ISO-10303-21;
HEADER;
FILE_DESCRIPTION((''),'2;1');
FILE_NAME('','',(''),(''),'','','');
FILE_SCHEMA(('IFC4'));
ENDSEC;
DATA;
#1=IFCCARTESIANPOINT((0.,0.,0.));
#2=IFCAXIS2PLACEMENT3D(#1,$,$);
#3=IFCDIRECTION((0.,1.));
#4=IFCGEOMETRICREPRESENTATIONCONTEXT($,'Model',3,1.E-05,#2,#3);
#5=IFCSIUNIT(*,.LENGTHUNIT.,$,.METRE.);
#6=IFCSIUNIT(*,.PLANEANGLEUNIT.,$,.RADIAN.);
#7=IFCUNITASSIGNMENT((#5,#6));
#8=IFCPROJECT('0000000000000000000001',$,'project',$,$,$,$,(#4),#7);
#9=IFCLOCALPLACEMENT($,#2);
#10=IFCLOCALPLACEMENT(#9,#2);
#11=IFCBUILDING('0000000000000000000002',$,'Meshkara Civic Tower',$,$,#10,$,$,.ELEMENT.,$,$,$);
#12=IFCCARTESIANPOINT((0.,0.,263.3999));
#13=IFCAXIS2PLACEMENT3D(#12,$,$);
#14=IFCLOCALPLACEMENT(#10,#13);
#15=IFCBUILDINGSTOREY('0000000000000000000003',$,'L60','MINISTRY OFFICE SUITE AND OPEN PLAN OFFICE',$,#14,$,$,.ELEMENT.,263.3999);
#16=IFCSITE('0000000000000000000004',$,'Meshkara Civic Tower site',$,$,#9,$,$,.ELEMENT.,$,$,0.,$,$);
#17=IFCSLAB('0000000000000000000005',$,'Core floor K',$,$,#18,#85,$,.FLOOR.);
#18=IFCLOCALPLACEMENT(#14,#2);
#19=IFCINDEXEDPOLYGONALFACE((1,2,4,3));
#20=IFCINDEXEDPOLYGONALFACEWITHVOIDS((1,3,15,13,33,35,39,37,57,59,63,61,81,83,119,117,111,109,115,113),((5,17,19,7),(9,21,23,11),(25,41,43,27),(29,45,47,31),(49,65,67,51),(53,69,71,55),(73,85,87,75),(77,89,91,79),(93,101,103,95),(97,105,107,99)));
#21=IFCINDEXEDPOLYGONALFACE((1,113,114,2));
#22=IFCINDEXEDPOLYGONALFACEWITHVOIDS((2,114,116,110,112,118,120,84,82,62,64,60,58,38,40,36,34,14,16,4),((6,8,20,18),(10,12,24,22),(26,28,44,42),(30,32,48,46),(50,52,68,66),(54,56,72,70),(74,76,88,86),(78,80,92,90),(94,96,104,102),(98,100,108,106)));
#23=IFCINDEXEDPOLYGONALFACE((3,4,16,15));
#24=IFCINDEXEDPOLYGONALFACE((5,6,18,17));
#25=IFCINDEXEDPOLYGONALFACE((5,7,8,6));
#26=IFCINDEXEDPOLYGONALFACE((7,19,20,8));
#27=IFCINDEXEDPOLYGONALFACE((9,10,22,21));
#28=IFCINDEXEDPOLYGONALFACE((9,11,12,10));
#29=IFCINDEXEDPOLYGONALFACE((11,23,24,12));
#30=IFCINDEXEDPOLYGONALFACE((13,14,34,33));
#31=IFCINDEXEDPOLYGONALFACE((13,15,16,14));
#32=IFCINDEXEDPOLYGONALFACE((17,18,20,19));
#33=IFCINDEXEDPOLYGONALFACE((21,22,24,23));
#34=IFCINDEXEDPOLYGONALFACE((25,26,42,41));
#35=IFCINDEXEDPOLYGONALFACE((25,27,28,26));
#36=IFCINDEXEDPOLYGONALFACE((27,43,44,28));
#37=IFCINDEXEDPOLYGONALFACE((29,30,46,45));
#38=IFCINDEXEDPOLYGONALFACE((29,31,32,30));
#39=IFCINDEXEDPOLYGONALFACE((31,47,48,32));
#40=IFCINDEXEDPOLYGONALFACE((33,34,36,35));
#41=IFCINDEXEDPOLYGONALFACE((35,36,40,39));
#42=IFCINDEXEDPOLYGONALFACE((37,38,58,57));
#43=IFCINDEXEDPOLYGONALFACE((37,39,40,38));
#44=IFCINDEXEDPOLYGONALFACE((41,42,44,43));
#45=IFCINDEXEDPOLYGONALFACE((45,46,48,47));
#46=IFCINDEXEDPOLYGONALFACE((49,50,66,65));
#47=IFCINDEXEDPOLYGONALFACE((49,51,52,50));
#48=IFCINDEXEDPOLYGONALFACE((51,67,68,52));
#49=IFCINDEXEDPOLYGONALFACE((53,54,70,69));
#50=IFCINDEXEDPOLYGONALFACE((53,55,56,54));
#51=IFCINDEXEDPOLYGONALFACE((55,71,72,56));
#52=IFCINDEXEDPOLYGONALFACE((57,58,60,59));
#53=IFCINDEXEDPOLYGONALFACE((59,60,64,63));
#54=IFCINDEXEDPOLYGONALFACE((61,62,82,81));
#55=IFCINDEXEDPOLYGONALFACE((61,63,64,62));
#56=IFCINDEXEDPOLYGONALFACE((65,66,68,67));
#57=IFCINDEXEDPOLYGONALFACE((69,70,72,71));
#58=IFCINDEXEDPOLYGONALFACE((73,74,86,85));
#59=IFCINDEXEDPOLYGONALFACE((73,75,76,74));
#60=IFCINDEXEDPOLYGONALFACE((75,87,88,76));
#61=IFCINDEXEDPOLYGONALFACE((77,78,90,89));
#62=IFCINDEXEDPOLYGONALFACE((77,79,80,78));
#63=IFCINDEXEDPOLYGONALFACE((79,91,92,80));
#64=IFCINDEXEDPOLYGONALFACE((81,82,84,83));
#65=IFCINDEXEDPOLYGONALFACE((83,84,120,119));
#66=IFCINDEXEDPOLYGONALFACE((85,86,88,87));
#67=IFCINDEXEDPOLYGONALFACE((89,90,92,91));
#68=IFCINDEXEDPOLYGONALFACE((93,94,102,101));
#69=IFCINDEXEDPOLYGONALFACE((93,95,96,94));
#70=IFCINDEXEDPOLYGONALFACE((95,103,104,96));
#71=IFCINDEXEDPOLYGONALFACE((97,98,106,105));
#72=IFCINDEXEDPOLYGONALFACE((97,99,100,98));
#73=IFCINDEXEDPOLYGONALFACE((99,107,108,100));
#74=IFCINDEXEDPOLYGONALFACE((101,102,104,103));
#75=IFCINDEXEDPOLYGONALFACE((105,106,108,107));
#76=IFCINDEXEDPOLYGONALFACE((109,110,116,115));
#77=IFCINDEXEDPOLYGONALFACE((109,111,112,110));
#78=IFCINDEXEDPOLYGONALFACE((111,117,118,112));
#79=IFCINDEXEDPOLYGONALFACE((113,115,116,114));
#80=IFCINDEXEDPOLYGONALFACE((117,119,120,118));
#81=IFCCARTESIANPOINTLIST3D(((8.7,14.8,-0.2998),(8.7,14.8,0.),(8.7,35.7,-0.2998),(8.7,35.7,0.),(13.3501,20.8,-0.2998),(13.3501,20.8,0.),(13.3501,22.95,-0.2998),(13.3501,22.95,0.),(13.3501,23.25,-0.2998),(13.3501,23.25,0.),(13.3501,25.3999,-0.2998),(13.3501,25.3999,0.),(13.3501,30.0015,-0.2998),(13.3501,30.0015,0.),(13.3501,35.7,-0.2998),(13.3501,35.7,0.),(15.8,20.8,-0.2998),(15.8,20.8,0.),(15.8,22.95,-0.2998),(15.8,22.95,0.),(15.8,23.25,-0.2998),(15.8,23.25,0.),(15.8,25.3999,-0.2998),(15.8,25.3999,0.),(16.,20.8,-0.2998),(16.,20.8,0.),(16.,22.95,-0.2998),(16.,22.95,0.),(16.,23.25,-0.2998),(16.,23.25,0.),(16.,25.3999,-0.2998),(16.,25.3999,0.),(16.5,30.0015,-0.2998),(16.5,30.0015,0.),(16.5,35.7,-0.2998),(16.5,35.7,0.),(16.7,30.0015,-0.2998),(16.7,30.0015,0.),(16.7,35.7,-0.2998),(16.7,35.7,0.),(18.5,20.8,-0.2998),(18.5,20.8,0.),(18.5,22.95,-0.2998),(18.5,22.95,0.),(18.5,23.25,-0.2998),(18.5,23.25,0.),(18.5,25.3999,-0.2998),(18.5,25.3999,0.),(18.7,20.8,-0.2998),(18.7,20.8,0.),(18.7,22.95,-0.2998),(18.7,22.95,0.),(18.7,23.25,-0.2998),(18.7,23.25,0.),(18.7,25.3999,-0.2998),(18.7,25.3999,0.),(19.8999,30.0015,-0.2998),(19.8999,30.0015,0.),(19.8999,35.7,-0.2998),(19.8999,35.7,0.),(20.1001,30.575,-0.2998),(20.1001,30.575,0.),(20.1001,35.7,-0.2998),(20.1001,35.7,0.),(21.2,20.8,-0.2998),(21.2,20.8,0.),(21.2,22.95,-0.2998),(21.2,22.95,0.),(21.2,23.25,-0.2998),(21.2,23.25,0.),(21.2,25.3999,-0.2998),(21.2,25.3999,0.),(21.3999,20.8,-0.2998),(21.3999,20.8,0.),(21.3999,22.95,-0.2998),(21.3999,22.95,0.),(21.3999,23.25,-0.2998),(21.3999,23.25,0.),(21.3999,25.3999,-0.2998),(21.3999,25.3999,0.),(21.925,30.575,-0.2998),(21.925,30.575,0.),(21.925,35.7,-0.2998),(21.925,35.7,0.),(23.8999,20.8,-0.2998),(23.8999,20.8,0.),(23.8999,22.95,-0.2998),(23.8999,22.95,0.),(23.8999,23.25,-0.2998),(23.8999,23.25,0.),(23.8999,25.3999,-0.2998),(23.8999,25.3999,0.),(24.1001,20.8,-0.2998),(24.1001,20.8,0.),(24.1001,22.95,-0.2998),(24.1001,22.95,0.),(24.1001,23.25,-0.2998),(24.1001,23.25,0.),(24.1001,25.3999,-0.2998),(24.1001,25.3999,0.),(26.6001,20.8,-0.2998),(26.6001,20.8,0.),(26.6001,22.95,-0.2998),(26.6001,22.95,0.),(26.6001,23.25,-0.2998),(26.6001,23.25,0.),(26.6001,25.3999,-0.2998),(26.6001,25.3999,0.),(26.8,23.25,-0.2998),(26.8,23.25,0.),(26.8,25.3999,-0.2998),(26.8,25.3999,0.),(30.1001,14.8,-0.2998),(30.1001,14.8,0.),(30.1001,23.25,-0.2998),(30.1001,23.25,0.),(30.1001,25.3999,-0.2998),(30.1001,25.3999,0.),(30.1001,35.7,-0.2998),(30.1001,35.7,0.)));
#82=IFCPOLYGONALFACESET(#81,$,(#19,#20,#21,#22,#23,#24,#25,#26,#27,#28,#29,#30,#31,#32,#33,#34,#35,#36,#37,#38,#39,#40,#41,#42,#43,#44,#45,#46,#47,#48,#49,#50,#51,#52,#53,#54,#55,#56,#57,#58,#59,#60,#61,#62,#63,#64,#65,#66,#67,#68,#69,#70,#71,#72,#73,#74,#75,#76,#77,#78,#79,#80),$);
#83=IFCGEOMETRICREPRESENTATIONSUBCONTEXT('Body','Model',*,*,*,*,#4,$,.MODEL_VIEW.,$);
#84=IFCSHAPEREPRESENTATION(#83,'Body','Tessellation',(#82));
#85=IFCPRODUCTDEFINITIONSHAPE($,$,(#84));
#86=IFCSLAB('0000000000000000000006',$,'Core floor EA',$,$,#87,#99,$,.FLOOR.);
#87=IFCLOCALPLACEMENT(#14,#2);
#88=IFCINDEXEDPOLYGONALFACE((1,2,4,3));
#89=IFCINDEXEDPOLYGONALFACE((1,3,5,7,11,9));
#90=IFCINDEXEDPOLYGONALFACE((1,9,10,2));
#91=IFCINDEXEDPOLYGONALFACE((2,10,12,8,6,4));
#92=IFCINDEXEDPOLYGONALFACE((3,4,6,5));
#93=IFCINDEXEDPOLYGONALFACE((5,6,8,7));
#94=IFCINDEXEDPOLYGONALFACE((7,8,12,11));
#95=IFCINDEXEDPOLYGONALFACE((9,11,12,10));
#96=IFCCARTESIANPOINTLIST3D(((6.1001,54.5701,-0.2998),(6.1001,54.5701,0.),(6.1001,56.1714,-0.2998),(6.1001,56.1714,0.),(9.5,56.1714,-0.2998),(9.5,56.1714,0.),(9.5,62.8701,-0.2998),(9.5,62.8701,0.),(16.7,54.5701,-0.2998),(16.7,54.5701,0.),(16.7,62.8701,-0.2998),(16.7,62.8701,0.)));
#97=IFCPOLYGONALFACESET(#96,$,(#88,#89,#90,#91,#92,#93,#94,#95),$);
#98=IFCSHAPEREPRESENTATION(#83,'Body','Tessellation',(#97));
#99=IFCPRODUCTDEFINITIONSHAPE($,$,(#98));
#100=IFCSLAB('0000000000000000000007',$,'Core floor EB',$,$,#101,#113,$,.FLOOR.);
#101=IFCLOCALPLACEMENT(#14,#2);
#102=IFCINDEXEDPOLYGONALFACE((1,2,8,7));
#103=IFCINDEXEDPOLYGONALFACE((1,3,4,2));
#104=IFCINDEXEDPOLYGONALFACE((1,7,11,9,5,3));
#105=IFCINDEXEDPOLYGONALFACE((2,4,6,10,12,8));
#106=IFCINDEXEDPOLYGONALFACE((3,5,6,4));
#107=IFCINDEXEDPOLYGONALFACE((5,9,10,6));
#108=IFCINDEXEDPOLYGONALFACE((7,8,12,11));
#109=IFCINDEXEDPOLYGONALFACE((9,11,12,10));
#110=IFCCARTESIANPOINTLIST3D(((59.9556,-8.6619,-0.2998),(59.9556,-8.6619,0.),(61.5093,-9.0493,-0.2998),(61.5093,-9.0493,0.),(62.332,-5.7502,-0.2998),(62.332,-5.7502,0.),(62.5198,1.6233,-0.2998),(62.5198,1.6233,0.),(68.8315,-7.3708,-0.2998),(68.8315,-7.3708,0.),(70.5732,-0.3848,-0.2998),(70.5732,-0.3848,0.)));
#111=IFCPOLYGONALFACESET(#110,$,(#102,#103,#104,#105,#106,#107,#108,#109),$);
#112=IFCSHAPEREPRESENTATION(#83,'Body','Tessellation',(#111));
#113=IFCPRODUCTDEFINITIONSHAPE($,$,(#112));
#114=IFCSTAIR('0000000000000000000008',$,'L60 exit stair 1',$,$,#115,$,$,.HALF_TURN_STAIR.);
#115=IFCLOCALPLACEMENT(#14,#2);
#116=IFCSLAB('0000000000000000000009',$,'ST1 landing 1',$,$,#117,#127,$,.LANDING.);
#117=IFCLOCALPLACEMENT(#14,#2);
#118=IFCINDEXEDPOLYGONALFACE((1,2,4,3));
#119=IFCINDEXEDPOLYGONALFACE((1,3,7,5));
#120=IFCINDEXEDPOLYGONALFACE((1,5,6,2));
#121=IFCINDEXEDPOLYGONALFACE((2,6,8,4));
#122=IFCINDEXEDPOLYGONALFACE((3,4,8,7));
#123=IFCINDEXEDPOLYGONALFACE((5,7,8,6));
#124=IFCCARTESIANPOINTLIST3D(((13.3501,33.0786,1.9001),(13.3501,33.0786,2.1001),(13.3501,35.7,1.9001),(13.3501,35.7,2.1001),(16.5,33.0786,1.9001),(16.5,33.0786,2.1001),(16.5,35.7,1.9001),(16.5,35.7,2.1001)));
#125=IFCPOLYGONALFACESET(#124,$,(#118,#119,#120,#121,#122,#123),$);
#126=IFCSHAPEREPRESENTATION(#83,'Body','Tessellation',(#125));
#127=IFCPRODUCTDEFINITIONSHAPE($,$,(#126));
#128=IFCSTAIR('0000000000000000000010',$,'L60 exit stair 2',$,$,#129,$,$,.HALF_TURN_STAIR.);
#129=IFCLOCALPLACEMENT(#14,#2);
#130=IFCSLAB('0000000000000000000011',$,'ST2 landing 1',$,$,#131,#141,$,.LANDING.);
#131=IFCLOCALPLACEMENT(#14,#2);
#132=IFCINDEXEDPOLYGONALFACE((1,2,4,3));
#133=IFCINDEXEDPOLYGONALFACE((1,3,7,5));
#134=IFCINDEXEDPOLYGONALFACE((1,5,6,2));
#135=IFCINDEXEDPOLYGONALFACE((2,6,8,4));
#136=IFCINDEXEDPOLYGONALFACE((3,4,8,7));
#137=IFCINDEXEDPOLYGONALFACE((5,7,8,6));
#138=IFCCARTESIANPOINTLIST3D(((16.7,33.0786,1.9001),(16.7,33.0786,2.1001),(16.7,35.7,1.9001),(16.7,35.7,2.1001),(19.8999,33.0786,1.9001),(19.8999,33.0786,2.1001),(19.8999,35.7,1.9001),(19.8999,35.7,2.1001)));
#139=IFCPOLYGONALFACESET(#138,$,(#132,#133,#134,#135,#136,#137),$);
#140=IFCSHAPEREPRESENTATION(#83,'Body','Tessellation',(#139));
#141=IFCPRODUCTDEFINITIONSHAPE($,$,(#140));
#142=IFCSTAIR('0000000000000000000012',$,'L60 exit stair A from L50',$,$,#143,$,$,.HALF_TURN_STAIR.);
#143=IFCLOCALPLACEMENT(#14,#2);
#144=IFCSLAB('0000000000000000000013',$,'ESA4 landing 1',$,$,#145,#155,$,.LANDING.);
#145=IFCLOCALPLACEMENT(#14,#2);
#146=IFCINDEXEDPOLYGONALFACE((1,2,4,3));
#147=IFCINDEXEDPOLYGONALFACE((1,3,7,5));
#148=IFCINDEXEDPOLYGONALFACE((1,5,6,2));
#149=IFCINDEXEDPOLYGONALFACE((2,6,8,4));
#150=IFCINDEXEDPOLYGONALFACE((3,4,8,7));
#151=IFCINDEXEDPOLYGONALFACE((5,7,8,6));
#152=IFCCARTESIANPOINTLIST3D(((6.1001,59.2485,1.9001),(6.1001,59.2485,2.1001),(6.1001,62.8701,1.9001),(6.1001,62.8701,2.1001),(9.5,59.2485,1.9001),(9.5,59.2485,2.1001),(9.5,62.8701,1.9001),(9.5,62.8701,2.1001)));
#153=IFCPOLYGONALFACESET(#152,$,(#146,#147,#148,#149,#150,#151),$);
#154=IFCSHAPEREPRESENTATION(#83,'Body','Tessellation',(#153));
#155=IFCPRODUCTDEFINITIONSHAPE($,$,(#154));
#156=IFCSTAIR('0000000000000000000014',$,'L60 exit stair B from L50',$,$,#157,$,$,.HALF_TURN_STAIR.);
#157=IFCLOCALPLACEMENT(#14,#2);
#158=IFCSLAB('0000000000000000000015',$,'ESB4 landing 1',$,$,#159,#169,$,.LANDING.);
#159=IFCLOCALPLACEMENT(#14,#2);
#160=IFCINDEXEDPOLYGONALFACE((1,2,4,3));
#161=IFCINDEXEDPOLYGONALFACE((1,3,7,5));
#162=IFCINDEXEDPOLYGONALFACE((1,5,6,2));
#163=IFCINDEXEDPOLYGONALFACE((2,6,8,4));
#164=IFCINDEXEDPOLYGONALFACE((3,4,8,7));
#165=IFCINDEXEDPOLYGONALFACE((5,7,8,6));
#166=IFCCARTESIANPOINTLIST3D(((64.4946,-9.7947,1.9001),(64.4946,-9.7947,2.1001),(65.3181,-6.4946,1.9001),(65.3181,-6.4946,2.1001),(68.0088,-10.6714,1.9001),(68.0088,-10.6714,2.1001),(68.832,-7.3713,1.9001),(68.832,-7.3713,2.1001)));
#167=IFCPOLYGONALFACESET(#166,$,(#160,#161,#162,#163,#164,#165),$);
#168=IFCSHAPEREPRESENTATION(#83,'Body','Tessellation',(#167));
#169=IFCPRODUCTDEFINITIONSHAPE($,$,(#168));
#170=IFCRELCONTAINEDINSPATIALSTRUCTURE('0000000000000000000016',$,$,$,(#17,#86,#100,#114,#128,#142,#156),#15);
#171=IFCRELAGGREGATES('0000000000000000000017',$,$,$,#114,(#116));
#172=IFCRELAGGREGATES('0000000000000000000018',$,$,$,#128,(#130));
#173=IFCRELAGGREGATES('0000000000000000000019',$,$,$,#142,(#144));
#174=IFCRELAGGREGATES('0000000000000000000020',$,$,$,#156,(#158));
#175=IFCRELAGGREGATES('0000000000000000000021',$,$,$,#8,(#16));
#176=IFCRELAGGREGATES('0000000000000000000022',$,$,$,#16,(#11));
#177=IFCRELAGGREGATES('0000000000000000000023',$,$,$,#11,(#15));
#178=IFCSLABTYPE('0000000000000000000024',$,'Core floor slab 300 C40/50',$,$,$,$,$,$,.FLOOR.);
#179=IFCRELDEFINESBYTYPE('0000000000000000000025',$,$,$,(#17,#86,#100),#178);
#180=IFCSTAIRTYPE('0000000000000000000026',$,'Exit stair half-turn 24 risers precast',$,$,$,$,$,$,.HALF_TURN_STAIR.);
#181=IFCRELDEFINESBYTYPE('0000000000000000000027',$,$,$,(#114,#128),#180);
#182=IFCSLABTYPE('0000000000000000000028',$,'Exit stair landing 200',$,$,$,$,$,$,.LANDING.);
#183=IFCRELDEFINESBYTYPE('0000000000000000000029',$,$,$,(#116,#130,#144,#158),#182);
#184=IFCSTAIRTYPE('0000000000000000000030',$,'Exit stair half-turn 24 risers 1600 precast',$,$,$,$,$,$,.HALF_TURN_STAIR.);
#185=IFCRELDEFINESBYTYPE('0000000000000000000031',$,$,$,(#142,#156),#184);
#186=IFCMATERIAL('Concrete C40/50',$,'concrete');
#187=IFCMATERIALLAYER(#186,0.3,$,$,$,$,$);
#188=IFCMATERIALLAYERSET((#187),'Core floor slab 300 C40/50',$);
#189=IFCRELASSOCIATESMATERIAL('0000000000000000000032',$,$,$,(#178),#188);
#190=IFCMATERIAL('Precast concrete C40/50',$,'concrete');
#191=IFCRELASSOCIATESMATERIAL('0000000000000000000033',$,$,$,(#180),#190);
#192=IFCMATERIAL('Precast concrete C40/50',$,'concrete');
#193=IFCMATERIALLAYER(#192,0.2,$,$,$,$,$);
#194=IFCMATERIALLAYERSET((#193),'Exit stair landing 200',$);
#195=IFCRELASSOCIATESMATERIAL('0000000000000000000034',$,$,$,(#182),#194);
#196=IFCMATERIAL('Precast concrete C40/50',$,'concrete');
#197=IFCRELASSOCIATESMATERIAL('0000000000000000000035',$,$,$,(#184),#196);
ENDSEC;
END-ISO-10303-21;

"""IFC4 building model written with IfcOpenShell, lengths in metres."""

from ifc_helpers import new_model, si_unit, direction, frame, origin, place, context, subcontext, project, spatial, polyline, outline, extrude, material, layer, layer_set, type_object, element, aggregate, save


model = new_model("IFC4")

# Units and contexts
model_context = context("Model", 3, precision=1e-05, world=origin(), true_north=direction((0.0, 1.0)))
body_context = subcontext(model_context, "Body", "Model", "MODEL_VIEW")
ifc_project = project(units=[si_unit("LENGTHUNIT", "METRE"), si_unit("PLANEANGLEUNIT", "RADIAN")], contexts=[model_context])

# Site, building, storey
site_placement = place(None, origin())
site = spatial("IfcSite", under=ifc_project, at=site_placement, Name="Meshkara Civic Tower site", CompositionType="ELEMENT", RefElevation=0.0)
building_placement = place(site_placement, origin())
building = spatial("IfcBuilding", under=site, at=building_placement, Name="Meshkara Civic Tower", CompositionType="ELEMENT")
storey_placement = place(building_placement, frame((0.0, 0.0, 263.3999)))
storey = spatial("IfcBuildingStorey", under=building, at=storey_placement, Name="L60", Description="MINISTRY OFFICE SUITE AND OPEN PLAN OFFICE", CompositionType="ELEMENT", Elevation=263.3999)

# Slabs
ifc_material_1 = material(Name="Concrete C40/50", Category="concrete")
ifc_layer_1 = layer(ifc_material_1, 0.3)
ifc_layer_set_1 = layer_set([ifc_layer_1], Name="Core floor slab 300 C40/50")
slab_type_1 = type_object("IfcSlabType", Name="Core floor slab 300 C40/50", PredefinedType="FLOOR", material=ifc_layer_set_1)
slab_1_placement = place(storey_placement, frame((0.0, 0.0, -0.2998)))
element("IfcSlab", 1, at=slab_1_placement, inside=storey, type_object=slab_type_1, Name="Core floor K", PredefinedType="FLOOR", context=body_context, shape_type="SweptSolid", body=[
    extrude(outline(polyline([(8.7, 35.7), (13.3501, 35.7), (13.3501, 30.0015), (16.5, 30.0015), (16.5, 35.7), (16.7, 35.7), (16.7, 30.0015), (19.8999, 30.0015), (19.8999, 35.7), (20.1001, 35.7), (20.1001, 30.575), (21.925, 30.575), (21.925, 35.7), (30.1001, 35.7), (30.1001, 25.3999), (26.8, 25.3999), (26.8, 23.25), (30.1001, 23.25), (30.1001, 14.8), (8.7, 14.8), (8.7, 35.7)]), holes=[polyline([(15.8, 22.95), (13.3501, 22.95), (13.3501, 20.8), (15.8, 20.8), (15.8, 22.95)]), polyline([(16.0, 22.95), (16.0, 20.8), (18.5, 20.8), (18.5, 22.95), (16.0, 22.95)]), polyline([(18.7, 22.95), (18.7, 20.8), (21.2, 20.8), (21.2, 22.95), (18.7, 22.95)]), polyline([(15.8, 23.25), (15.8, 25.3999), (13.3501, 25.3999), (13.3501, 23.25), (15.8, 23.25)]), polyline([(16.0, 25.3999), (16.0, 23.25), (18.5, 23.25), (18.5, 25.3999), (16.0, 25.3999)]), polyline([(23.8999, 20.8), (23.8999, 22.95), (21.3999, 22.95), (21.3999, 20.8), (23.8999, 20.8)]), polyline([(24.1001, 20.8), (26.6001, 20.8), (26.6001, 22.95), (24.1001, 22.95), (24.1001, 20.8)]), polyline([(18.7, 25.3999), (18.7, 23.25), (21.2, 23.25), (21.2, 25.3999), (18.7, 25.3999)]), polyline([(21.3999, 23.25), (23.8999, 23.25), (23.8999, 25.3999), (21.3999, 25.3999), (21.3999, 23.25)]), polyline([(26.6001, 23.25), (26.6001, 25.3999), (24.1001, 25.3999), (24.1001, 23.25), (26.6001, 23.25)])]), origin(), (0.0, 0.0, 1.0), 0.2998),
])
slab_2_placement = place(storey_placement, frame((0.0, 0.0, -0.2998)))
element("IfcSlab", 2, at=slab_2_placement, inside=storey, type_object=slab_type_1, Name="Core floor EA", PredefinedType="FLOOR", context=body_context, shape_type="SweptSolid", body=[
    extrude(outline(polyline([(16.7, 54.5701), (16.7, 62.8701), (9.5, 62.8701), (9.5, 56.1714), (6.1001, 56.1714), (6.1001, 54.5701), (16.7, 54.5701)])), origin(), (0.0, 0.0, 1.0), 0.2998),
])
slab_3_placement = place(storey_placement, frame((0.0, 0.0, -0.2998)))
element("IfcSlab", 3, at=slab_3_placement, inside=storey, type_object=slab_type_1, Name="Core floor EB", PredefinedType="FLOOR", context=body_context, shape_type="SweptSolid", body=[
    extrude(outline(polyline([(62.5198, 1.6233), (70.5732, -0.3848), (68.8315, -7.3708), (62.332, -5.7502), (61.5093, -9.0493), (59.9556, -8.6619), (62.5198, 1.6233)])), origin(), (0.0, 0.0, 1.0), 0.2998),
])

# Stairs, slabs
ifc_material_2 = material(Name="Precast concrete C40/50", Category="concrete")
stair_type_1 = type_object("IfcStairType", Name="Exit stair half-turn 24 risers precast", PredefinedType="HALF_TURN_STAIR", material=ifc_material_2)
stair_1_placement = place(storey_placement, origin())
stair_1 = element("IfcStair", 4, at=stair_1_placement, inside=storey, type_object=stair_type_1, Name="L60 exit stair 1", PredefinedType="HALF_TURN_STAIR")
ifc_material_3 = material(Name="Precast concrete C40/50", Category="concrete")
ifc_layer_2 = layer(ifc_material_3, 0.2)
ifc_layer_set_2 = layer_set([ifc_layer_2], Name="Exit stair landing 200")
slab_type_2 = type_object("IfcSlabType", Name="Exit stair landing 200", PredefinedType="LANDING", material=ifc_layer_set_2)
slab_4_placement = place(storey_placement, frame((0.0, 0.0, 1.9001)))
slab_4 = element("IfcSlab", 5, at=slab_4_placement, type_object=slab_type_2, Name="ST1 landing 1", PredefinedType="LANDING", context=body_context, shape_type="SweptSolid", body=[
    extrude(outline(polyline([(16.5, 33.0786), (16.5, 35.7), (13.3501, 35.7), (13.3501, 33.0786), (16.5, 33.0786)])), origin(), (0.0, 0.0, 1.0), 0.2),
])
aggregate(stair_1, [slab_4])
stair_2_placement = place(storey_placement, origin())
stair_2 = element("IfcStair", 6, at=stair_2_placement, inside=storey, type_object=stair_type_1, Name="L60 exit stair 2", PredefinedType="HALF_TURN_STAIR")
slab_5_placement = place(storey_placement, frame((0.0, 0.0, 1.9001)))
slab_5 = element("IfcSlab", 7, at=slab_5_placement, type_object=slab_type_2, Name="ST2 landing 1", PredefinedType="LANDING", context=body_context, shape_type="SweptSolid", body=[
    extrude(outline(polyline([(19.8999, 33.0786), (19.8999, 35.7), (16.7, 35.7), (16.7, 33.0786), (19.8999, 33.0786)])), origin(), (0.0, 0.0, 1.0), 0.2),
])
aggregate(stair_2, [slab_5])
ifc_material_4 = material(Name="Precast concrete C40/50", Category="concrete")
stair_type_2 = type_object("IfcStairType", Name="Exit stair half-turn 24 risers 1600 precast", PredefinedType="HALF_TURN_STAIR", material=ifc_material_4)
stair_3_placement = place(storey_placement, origin())
stair_3 = element("IfcStair", 8, at=stair_3_placement, inside=storey, type_object=stair_type_2, Name="L60 exit stair A from L50", PredefinedType="HALF_TURN_STAIR")
slab_6_placement = place(storey_placement, frame((0.0, 0.0, 1.9001)))
slab_6 = element("IfcSlab", 9, at=slab_6_placement, type_object=slab_type_2, Name="ESA4 landing 1", PredefinedType="LANDING", context=body_context, shape_type="SweptSolid", body=[
    extrude(outline(polyline([(9.5, 59.2485), (9.5, 62.8701), (6.1001, 62.8701), (6.1001, 59.2485), (9.5, 59.2485)])), origin(), (0.0, 0.0, 1.0), 0.2),
])
aggregate(stair_3, [slab_6])
stair_4_placement = place(storey_placement, origin())
stair_4 = element("IfcStair", 10, at=stair_4_placement, inside=storey, type_object=stair_type_2, Name="L60 exit stair B from L50", PredefinedType="HALF_TURN_STAIR")
slab_7_placement = place(storey_placement, frame((0.0, 0.0, 1.9001)))
slab_7 = element("IfcSlab", 11, at=slab_7_placement, type_object=slab_type_2, Name="ESB4 landing 1", PredefinedType="LANDING", context=body_context, shape_type="SweptSolid", body=[
    extrude(outline(polyline([(64.4946, -9.7947), (68.0088, -10.6714), (68.832, -7.3713), (65.3181, -6.4946), (64.4946, -9.7947)])), origin(), (0.0, 0.0, 1.0), 0.2),
])
aggregate(stair_4, [slab_7])

save(model, "model.ifc")
